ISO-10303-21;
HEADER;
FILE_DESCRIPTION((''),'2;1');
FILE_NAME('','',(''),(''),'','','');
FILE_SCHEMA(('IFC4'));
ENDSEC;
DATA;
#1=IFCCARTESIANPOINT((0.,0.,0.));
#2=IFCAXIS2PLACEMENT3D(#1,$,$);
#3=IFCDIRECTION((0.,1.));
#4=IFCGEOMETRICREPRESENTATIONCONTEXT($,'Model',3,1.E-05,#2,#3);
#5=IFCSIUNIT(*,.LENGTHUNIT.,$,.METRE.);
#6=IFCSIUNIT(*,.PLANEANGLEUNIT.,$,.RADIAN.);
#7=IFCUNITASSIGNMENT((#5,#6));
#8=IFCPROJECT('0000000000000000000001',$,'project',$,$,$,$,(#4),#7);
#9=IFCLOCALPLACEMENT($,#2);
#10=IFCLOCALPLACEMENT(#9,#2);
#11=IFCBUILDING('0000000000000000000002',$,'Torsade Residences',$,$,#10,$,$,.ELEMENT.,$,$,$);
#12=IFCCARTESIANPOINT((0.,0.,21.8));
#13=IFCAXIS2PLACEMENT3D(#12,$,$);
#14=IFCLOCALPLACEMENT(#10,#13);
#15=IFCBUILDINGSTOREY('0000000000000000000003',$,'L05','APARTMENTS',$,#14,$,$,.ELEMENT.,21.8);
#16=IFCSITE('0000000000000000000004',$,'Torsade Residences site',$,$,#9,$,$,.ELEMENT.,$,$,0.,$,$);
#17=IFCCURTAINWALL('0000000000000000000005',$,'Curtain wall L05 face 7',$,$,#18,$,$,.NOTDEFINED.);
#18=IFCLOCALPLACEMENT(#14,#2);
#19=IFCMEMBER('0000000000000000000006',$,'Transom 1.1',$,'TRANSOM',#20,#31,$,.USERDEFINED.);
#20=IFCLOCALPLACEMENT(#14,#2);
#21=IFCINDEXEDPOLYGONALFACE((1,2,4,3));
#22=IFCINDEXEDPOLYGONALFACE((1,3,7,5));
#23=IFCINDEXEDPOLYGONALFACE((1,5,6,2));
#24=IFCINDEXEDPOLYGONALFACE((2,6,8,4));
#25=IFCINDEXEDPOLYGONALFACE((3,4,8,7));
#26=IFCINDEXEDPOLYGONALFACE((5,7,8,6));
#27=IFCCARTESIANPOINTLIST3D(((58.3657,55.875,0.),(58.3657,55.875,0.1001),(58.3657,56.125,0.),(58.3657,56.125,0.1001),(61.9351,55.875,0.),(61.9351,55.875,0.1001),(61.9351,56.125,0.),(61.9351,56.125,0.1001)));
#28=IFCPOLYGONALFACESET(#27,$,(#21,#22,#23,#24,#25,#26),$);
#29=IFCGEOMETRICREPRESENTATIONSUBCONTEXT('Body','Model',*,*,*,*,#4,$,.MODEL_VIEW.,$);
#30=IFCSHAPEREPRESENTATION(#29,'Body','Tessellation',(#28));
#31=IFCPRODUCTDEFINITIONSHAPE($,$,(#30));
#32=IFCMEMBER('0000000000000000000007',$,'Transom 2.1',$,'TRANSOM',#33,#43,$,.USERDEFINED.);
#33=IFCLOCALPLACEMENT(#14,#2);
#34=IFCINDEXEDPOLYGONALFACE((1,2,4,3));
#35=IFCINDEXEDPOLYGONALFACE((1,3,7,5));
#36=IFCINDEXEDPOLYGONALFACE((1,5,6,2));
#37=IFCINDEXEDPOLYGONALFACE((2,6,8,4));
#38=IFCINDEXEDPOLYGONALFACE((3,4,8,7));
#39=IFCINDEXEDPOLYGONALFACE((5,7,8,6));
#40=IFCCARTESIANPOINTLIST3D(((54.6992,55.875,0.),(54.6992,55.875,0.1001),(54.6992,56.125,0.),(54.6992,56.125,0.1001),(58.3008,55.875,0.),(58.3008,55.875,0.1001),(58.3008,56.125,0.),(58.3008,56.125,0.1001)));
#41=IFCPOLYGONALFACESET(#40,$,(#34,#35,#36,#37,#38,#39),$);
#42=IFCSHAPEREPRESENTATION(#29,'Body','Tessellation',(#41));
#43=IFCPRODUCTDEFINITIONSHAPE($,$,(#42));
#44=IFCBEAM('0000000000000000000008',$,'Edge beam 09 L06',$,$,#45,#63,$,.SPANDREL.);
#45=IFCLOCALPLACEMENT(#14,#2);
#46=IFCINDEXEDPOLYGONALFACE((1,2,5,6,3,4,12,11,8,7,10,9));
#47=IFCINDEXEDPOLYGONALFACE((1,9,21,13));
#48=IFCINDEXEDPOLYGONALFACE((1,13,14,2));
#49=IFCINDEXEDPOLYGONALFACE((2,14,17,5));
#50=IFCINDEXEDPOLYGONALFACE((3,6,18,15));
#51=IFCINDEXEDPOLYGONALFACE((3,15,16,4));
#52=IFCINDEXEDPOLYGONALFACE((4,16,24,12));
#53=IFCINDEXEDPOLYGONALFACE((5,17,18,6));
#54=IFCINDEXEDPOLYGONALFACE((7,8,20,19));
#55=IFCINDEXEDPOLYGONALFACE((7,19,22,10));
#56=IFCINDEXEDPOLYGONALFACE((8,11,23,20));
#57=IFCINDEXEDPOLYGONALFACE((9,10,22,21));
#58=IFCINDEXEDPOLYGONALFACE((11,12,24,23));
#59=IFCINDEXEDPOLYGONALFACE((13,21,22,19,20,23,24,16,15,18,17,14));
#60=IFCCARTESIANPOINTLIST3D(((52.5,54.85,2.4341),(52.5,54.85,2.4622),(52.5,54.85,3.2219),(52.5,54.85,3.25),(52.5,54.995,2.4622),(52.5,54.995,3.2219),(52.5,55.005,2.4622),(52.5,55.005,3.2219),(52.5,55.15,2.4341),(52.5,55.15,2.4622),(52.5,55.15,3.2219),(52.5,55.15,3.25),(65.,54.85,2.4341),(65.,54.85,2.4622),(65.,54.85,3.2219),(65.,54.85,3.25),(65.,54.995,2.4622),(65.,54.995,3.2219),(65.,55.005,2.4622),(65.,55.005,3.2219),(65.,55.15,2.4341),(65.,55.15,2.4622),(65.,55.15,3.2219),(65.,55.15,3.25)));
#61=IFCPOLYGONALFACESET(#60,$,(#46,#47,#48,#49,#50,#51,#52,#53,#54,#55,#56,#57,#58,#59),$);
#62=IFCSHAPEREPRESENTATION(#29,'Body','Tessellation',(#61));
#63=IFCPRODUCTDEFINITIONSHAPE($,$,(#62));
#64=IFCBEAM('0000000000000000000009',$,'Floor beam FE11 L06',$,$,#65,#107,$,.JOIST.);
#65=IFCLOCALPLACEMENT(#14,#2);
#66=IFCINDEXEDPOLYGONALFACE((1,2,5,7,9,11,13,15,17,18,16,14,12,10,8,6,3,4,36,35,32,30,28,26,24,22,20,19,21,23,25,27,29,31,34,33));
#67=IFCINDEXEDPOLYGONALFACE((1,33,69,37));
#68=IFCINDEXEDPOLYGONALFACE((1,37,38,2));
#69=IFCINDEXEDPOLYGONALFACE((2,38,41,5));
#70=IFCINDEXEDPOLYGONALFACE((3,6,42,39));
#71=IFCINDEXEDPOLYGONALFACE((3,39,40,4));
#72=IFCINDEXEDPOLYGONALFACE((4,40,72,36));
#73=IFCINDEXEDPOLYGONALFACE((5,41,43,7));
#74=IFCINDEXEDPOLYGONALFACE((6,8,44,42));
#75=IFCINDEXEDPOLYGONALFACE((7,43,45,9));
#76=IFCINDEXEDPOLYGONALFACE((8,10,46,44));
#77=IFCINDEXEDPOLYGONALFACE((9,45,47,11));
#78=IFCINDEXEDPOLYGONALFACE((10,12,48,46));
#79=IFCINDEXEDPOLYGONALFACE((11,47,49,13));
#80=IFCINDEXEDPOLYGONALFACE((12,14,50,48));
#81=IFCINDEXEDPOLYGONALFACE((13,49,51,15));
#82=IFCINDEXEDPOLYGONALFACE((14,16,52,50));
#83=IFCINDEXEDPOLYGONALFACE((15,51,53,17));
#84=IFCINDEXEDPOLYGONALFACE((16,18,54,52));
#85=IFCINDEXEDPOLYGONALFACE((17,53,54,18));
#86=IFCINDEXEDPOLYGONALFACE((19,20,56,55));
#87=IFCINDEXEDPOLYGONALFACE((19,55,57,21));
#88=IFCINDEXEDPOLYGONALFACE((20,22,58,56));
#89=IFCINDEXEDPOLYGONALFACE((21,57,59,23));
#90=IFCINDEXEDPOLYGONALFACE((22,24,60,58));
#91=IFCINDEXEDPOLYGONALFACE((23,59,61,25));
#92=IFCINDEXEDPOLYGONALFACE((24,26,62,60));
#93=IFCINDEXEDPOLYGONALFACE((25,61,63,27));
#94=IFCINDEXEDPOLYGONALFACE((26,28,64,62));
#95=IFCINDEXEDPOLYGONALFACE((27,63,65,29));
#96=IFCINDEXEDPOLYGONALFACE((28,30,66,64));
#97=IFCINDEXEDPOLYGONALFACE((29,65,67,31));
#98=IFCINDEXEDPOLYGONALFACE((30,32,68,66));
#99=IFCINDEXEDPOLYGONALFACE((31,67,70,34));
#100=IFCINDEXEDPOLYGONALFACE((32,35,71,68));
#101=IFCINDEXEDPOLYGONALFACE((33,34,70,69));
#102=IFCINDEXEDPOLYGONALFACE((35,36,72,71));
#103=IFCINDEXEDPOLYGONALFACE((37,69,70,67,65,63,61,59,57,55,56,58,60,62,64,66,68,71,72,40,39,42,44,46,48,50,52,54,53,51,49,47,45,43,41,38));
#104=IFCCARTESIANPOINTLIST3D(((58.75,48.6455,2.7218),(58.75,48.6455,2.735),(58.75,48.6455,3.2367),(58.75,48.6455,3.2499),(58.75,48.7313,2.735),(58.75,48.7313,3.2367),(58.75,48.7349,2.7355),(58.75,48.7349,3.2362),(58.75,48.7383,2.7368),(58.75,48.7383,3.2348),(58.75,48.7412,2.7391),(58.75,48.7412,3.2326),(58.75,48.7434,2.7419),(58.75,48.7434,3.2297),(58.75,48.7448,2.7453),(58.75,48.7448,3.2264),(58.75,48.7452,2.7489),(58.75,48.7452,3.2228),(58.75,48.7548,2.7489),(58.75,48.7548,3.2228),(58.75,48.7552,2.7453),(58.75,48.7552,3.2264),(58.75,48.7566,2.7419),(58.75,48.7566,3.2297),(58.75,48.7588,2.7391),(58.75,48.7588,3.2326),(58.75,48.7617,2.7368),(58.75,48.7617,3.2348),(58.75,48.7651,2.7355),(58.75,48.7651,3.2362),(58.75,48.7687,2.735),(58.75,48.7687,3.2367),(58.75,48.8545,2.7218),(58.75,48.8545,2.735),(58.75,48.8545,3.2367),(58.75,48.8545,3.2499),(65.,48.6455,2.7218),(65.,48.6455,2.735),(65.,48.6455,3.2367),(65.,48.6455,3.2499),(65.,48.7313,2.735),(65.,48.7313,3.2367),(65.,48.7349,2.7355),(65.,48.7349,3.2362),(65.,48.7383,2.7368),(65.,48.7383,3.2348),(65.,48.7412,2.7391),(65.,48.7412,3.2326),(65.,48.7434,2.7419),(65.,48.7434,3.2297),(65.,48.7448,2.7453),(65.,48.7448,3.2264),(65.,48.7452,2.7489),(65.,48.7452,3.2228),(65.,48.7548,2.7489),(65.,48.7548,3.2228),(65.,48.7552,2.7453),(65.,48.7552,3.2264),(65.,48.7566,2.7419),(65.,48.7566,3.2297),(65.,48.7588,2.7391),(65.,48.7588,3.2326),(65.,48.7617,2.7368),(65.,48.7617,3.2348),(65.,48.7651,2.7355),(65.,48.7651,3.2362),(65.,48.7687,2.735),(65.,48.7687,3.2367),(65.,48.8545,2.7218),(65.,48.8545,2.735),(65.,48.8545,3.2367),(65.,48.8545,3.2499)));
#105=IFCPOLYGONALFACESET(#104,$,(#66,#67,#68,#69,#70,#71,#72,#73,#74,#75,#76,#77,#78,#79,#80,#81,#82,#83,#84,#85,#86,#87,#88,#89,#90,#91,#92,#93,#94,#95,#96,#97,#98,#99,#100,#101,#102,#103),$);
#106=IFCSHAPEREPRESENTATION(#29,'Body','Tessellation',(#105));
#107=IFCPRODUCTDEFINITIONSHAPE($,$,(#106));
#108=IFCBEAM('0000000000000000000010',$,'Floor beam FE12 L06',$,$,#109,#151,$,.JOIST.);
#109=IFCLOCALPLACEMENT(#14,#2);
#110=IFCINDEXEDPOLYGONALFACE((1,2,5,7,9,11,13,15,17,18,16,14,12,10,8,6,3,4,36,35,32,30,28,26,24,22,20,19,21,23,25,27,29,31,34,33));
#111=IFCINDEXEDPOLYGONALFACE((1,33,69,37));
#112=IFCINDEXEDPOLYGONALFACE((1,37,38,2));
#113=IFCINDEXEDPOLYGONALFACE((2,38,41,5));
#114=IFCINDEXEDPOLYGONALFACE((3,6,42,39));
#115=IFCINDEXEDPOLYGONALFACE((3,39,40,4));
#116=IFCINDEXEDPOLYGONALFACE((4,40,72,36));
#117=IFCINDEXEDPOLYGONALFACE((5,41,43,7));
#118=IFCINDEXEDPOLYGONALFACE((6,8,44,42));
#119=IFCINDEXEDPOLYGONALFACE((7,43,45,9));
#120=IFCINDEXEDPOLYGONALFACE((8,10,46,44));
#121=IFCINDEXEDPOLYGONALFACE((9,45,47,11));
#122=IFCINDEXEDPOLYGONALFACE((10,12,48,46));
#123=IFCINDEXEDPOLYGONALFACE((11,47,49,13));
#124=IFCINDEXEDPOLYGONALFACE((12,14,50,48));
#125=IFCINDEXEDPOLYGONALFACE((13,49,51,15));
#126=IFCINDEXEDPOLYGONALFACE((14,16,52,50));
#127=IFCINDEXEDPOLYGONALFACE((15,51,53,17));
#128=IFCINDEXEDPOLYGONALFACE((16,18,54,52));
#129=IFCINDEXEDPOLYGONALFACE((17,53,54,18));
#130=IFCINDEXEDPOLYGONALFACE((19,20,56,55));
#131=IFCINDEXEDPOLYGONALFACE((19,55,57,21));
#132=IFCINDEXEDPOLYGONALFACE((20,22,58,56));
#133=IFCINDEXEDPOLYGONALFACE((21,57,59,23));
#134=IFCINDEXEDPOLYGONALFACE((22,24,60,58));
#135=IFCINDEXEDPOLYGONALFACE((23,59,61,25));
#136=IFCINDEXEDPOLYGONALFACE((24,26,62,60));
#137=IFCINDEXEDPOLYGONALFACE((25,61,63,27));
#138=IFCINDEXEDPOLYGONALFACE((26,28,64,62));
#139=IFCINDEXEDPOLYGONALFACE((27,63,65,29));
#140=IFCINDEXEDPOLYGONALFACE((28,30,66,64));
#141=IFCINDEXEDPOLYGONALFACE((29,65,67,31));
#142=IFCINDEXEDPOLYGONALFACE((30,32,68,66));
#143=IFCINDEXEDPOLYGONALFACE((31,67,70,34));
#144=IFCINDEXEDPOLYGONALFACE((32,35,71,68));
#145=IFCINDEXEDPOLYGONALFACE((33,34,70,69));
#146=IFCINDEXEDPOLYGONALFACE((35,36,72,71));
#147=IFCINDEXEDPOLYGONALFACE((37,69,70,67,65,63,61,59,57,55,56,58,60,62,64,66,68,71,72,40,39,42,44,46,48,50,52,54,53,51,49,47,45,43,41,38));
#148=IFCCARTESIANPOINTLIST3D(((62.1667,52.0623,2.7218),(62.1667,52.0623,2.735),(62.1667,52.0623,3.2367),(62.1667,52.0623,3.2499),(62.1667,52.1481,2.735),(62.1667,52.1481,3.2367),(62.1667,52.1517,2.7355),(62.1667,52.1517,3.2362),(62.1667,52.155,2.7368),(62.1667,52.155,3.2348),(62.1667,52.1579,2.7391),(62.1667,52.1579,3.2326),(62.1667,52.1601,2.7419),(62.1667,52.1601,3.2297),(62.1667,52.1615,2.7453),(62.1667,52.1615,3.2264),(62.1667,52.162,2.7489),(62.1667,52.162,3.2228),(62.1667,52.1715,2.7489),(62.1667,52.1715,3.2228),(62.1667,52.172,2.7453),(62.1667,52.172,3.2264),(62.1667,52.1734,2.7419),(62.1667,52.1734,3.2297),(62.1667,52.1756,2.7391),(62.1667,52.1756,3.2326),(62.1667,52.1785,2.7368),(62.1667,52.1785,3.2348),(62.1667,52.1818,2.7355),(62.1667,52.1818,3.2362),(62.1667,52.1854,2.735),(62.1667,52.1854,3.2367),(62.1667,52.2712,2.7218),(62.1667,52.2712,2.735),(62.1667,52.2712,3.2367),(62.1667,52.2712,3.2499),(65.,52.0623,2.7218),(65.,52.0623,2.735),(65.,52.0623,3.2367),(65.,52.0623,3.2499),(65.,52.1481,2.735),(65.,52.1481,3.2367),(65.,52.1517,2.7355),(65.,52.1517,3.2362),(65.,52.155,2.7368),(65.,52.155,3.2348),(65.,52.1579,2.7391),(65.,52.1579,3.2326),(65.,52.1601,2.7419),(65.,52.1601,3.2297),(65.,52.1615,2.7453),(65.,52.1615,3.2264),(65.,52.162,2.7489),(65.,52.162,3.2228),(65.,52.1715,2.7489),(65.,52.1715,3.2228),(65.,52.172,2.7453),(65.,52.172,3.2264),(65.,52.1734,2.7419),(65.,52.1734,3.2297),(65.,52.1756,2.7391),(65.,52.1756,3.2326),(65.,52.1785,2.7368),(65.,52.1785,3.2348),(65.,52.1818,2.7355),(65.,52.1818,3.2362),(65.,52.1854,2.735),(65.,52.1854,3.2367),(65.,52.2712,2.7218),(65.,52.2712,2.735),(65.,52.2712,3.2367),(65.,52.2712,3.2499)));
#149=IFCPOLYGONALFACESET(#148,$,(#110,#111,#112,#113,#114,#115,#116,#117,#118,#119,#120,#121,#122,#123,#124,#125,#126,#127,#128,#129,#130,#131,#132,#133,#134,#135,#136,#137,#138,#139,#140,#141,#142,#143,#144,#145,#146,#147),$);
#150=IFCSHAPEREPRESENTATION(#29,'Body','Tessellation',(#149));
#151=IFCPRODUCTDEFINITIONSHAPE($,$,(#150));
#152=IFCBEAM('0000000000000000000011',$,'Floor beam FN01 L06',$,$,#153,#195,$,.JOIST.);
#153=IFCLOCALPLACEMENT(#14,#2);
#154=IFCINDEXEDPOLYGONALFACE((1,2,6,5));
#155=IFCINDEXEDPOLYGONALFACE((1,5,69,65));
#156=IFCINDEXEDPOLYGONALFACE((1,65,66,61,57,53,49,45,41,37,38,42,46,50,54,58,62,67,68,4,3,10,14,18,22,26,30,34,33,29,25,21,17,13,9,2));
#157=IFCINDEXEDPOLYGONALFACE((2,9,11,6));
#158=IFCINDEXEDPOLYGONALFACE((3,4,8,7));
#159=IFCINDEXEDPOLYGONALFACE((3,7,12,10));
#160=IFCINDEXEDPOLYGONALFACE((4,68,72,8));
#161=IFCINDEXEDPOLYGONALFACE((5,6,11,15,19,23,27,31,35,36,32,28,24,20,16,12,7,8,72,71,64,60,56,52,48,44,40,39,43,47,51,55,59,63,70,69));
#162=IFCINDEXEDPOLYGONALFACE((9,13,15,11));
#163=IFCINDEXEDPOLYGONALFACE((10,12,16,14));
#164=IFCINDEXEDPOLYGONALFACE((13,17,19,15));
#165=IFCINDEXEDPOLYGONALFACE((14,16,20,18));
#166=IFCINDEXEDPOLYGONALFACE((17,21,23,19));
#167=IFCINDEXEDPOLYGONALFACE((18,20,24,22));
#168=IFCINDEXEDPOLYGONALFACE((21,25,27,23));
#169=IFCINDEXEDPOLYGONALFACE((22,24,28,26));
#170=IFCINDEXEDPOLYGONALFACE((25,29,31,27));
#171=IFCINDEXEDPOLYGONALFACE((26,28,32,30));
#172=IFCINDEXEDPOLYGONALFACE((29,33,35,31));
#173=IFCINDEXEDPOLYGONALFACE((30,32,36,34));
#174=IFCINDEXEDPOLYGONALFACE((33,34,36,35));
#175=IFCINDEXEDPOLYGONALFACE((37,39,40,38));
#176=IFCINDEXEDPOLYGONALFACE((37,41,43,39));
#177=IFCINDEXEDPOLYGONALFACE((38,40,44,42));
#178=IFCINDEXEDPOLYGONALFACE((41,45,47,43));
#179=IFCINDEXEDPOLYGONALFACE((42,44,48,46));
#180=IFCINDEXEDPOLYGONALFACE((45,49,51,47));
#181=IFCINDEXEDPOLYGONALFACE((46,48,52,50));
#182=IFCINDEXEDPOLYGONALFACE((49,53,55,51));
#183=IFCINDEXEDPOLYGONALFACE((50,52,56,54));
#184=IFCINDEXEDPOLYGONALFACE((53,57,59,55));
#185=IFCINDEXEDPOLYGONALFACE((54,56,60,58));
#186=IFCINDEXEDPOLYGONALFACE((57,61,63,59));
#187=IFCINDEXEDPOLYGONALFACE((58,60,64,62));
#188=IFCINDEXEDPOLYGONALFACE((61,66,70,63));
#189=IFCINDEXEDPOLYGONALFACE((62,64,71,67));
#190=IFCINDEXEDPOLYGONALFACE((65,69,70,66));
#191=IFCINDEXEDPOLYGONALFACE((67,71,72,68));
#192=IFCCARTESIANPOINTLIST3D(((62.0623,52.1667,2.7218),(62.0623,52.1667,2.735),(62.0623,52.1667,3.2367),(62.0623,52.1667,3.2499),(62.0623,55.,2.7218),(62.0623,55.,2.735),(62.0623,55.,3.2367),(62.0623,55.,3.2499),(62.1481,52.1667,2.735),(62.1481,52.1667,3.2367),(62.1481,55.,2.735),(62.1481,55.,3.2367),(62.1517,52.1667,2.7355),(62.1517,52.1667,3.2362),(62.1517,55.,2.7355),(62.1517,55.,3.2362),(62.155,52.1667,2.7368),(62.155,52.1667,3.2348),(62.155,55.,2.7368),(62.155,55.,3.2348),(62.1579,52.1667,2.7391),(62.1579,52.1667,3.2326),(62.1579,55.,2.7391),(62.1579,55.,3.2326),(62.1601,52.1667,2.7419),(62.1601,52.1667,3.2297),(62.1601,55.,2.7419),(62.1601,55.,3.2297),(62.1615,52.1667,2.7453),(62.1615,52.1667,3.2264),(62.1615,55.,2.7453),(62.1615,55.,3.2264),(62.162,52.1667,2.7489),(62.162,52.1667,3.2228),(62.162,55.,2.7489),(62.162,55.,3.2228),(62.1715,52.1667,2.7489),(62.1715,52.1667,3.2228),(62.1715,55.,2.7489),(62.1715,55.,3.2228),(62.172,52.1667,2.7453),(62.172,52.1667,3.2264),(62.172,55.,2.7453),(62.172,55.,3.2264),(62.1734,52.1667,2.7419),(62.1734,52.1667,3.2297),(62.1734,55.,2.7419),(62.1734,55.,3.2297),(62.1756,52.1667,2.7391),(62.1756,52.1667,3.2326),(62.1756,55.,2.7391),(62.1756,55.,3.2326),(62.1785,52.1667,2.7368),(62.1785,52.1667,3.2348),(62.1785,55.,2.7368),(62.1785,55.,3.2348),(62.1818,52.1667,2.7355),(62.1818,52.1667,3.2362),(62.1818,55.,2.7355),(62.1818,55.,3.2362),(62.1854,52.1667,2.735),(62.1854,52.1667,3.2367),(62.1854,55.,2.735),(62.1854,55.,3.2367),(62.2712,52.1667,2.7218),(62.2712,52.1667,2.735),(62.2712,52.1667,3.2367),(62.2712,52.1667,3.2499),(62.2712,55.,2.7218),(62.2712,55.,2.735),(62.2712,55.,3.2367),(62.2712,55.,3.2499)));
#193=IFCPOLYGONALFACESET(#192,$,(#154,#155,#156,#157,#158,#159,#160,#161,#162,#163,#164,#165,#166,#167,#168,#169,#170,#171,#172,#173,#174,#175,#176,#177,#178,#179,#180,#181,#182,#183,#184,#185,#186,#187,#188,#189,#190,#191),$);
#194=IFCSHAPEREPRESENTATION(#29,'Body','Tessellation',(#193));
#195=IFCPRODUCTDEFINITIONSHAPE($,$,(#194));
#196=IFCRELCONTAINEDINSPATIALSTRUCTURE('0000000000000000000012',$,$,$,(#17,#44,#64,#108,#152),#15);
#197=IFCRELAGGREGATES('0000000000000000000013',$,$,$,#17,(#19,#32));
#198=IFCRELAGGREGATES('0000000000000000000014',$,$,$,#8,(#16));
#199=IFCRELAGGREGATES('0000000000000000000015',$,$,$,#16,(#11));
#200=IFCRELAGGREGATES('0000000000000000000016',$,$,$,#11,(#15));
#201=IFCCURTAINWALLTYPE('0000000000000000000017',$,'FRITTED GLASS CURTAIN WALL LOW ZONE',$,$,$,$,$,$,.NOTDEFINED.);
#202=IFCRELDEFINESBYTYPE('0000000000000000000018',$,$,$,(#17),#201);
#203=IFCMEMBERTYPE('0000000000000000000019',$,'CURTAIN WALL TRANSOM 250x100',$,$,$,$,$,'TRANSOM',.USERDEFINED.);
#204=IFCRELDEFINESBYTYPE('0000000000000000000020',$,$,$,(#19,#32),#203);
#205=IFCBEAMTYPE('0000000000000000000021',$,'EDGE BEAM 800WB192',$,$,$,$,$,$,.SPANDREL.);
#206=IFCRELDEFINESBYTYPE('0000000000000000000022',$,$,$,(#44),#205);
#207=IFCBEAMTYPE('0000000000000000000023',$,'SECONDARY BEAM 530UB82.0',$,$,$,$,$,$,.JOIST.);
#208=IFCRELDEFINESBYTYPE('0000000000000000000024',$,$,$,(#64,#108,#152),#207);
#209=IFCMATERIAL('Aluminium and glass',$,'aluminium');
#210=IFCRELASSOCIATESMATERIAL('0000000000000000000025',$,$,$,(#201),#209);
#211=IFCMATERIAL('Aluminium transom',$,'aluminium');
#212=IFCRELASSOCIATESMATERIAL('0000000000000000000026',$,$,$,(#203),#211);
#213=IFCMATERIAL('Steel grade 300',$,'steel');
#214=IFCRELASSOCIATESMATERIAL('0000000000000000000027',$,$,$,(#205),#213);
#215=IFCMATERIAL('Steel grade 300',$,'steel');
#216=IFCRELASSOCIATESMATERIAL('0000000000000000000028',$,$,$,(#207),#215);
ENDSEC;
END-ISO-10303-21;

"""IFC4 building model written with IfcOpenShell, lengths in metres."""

from ifc_helpers import new_model, si_unit, direction, frame, origin, origin_2d, place, context, subcontext, project, spatial, rectangle, i_section, extrude, material, material_profile, profile_set, type_object, element, aggregate, save


model = new_model("IFC4")

# Units and contexts
model_context = context("Model", 3, precision=1e-05, world=origin(), true_north=direction((0.0, 1.0)))
body_context = subcontext(model_context, "Body", "Model", "MODEL_VIEW")
ifc_project = project(units=[si_unit("LENGTHUNIT", "METRE"), si_unit("PLANEANGLEUNIT", "RADIAN")], contexts=[model_context])

# Site, building, storey
site_placement = place(None, origin())
site = spatial("IfcSite", under=ifc_project, at=site_placement, Name="Torsade Residences site", CompositionType="ELEMENT", RefElevation=0.0)
building_placement = place(site_placement, origin())
building = spatial("IfcBuilding", under=site, at=building_placement, Name="Torsade Residences", CompositionType="ELEMENT")
storey_placement = place(building_placement, frame((0.0, 0.0, 21.8)))
storey = spatial("IfcBuildingStorey", under=building, at=storey_placement, Name="L05", Description="APARTMENTS", CompositionType="ELEMENT", Elevation=21.8)

# Curtain wall
ifc_material_1 = material(Name="Aluminium and glass", Category="aluminium")
curtain_wall_type = type_object("IfcCurtainWallType", Name="FRITTED GLASS CURTAIN WALL LOW ZONE", PredefinedType="NOTDEFINED", material=ifc_material_1)
curtain_wall_1_placement = place(storey_placement, origin())
curtain_wall_1 = element("IfcCurtainWall", 1, at=curtain_wall_1_placement, inside=storey, type_object=curtain_wall_type, Name="Curtain wall L05 face 7", PredefinedType="NOTDEFINED")

# Members
ifc_material_2 = material(Name="Aluminium transom", Category="aluminium")
ifc_material_profile_1 = material_profile(ifc_material_2, rectangle(XDim=0.25, YDim=0.1001, at=origin_2d()), Name="CURTAIN WALL TRANSOM 250x100")
ifc_profile_set_1 = profile_set([ifc_material_profile_1], Name="Aluminium transom")
member_type_1 = type_object("IfcMemberType", Name="CURTAIN WALL TRANSOM 250x100", ElementType="TRANSOM", PredefinedType="USERDEFINED", material=ifc_profile_set_1)
member_1_placement = place(storey_placement, frame((61.9351, 56.0, 0.05), z_axis=(-1.0, 0.0, 0.0), x_axis=(0.0, -1.0, 0.0)))
member_1 = element("IfcMember", 2, at=member_1_placement, type_object=member_type_1, Name="Transom 1.1", ObjectType="TRANSOM", PredefinedType="USERDEFINED", context=body_context, shape_type="SweptSolid", body=[
    extrude(rectangle(XDim=0.25, YDim=0.1001, at=origin_2d()), origin(), (0.0, 0.0, 1.0), 3.5693),
])
member_2_placement = place(storey_placement, frame((58.3008, 56.0, 0.05), z_axis=(-1.0, 0.0, 0.0), x_axis=(0.0, -1.0, 0.0)))
member_2 = element("IfcMember", 3, at=member_2_placement, type_object=member_type_1, Name="Transom 2.1", ObjectType="TRANSOM", PredefinedType="USERDEFINED", context=body_context, shape_type="SweptSolid", body=[
    extrude(rectangle(XDim=0.25, YDim=0.1001, at=origin_2d()), origin(), (0.0, 0.0, 1.0), 3.6016),
])

# Beams
ifc_material_3 = material(Name="Steel grade 300", Category="steel")
ifc_material_profile_2 = material_profile(ifc_material_3, i_section(OverallWidth=0.3, OverallDepth=0.8159, WebThickness=0.01, FlangeThickness=0.0281, at=origin_2d()), Name="800WB192")
ifc_profile_set_2 = profile_set([ifc_material_profile_2], Name="Steel grade 300")
beam_type_1 = type_object("IfcBeamType", Name="EDGE BEAM 800WB192", PredefinedType="SPANDREL", material=ifc_profile_set_2)
beam_1_placement = place(storey_placement, frame((65.0, 55.0, 2.842), z_axis=(-1.0, 0.0, 0.0), x_axis=(0.0, -1.0, 0.0)))
element("IfcBeam", 4, at=beam_1_placement, inside=storey, type_object=beam_type_1, Name="Edge beam 09 L06", PredefinedType="SPANDREL", context=body_context, shape_type="SweptSolid", body=[
    extrude(i_section(OverallWidth=0.3, OverallDepth=0.8159, WebThickness=0.01, FlangeThickness=0.0281, at=origin_2d()), origin(), (0.0, 0.0, 1.0), 12.5),
])
ifc_material_4 = material(Name="Steel grade 300", Category="steel")
ifc_material_profile_3 = material_profile(ifc_material_4, i_section(OverallWidth=0.209, OverallDepth=0.5281, WebThickness=0.0095, FlangeThickness=0.0132, FilletRadius=0.0139, at=origin_2d()), Name="530UB82.0")
ifc_profile_set_3 = profile_set([ifc_material_profile_3], Name="Steel grade 300")
beam_type_2 = type_object("IfcBeamType", Name="SECONDARY BEAM 530UB82.0", PredefinedType="JOIST", material=ifc_profile_set_3)
beam_2_placement = place(storey_placement, frame((65.0, 48.75, 2.9858), z_axis=(-1.0, 0.0, 0.0), x_axis=(0.0, -1.0, 0.0)))
element("IfcBeam", 5, at=beam_2_placement, inside=storey, type_object=beam_type_2, Name="Floor beam FE11 L06", PredefinedType="JOIST", context=body_context, shape_type="SweptSolid", body=[
    extrude(i_section(OverallWidth=0.209, OverallDepth=0.5281, WebThickness=0.0095, FlangeThickness=0.0132, FilletRadius=0.0139, at=origin_2d()), origin(), (0.0, 0.0, 1.0), 6.25),
])
for number, where, z_axis, x_axis, name in (
    (6, (65.0, 52.1667, 2.9858), (-1.0, 0.0, 0.0), (0.0, -1.0, 0.0), "Floor beam FE12 L06"),
    (7, (62.1667, 55.0, 2.9858), (0.0, -1.0, 0.0), (1.0, 0.0, 0.0), "Floor beam FN01 L06"),
):
    element("IfcBeam", number, at=place(storey_placement, frame(where, z_axis=z_axis, x_axis=x_axis)), inside=storey, type_object=beam_type_2, Name=name, PredefinedType="JOIST", context=body_context, shape_type="SweptSolid", body=[
        extrude(i_section(OverallWidth=0.209, OverallDepth=0.5281, WebThickness=0.0095, FlangeThickness=0.0132, FilletRadius=0.0139, at=origin_2d()), origin(), (0.0, 0.0, 1.0), 2.8333),
    ])

aggregate(curtain_wall_1, [member_1, member_2])

save(model, "model.ifc")
